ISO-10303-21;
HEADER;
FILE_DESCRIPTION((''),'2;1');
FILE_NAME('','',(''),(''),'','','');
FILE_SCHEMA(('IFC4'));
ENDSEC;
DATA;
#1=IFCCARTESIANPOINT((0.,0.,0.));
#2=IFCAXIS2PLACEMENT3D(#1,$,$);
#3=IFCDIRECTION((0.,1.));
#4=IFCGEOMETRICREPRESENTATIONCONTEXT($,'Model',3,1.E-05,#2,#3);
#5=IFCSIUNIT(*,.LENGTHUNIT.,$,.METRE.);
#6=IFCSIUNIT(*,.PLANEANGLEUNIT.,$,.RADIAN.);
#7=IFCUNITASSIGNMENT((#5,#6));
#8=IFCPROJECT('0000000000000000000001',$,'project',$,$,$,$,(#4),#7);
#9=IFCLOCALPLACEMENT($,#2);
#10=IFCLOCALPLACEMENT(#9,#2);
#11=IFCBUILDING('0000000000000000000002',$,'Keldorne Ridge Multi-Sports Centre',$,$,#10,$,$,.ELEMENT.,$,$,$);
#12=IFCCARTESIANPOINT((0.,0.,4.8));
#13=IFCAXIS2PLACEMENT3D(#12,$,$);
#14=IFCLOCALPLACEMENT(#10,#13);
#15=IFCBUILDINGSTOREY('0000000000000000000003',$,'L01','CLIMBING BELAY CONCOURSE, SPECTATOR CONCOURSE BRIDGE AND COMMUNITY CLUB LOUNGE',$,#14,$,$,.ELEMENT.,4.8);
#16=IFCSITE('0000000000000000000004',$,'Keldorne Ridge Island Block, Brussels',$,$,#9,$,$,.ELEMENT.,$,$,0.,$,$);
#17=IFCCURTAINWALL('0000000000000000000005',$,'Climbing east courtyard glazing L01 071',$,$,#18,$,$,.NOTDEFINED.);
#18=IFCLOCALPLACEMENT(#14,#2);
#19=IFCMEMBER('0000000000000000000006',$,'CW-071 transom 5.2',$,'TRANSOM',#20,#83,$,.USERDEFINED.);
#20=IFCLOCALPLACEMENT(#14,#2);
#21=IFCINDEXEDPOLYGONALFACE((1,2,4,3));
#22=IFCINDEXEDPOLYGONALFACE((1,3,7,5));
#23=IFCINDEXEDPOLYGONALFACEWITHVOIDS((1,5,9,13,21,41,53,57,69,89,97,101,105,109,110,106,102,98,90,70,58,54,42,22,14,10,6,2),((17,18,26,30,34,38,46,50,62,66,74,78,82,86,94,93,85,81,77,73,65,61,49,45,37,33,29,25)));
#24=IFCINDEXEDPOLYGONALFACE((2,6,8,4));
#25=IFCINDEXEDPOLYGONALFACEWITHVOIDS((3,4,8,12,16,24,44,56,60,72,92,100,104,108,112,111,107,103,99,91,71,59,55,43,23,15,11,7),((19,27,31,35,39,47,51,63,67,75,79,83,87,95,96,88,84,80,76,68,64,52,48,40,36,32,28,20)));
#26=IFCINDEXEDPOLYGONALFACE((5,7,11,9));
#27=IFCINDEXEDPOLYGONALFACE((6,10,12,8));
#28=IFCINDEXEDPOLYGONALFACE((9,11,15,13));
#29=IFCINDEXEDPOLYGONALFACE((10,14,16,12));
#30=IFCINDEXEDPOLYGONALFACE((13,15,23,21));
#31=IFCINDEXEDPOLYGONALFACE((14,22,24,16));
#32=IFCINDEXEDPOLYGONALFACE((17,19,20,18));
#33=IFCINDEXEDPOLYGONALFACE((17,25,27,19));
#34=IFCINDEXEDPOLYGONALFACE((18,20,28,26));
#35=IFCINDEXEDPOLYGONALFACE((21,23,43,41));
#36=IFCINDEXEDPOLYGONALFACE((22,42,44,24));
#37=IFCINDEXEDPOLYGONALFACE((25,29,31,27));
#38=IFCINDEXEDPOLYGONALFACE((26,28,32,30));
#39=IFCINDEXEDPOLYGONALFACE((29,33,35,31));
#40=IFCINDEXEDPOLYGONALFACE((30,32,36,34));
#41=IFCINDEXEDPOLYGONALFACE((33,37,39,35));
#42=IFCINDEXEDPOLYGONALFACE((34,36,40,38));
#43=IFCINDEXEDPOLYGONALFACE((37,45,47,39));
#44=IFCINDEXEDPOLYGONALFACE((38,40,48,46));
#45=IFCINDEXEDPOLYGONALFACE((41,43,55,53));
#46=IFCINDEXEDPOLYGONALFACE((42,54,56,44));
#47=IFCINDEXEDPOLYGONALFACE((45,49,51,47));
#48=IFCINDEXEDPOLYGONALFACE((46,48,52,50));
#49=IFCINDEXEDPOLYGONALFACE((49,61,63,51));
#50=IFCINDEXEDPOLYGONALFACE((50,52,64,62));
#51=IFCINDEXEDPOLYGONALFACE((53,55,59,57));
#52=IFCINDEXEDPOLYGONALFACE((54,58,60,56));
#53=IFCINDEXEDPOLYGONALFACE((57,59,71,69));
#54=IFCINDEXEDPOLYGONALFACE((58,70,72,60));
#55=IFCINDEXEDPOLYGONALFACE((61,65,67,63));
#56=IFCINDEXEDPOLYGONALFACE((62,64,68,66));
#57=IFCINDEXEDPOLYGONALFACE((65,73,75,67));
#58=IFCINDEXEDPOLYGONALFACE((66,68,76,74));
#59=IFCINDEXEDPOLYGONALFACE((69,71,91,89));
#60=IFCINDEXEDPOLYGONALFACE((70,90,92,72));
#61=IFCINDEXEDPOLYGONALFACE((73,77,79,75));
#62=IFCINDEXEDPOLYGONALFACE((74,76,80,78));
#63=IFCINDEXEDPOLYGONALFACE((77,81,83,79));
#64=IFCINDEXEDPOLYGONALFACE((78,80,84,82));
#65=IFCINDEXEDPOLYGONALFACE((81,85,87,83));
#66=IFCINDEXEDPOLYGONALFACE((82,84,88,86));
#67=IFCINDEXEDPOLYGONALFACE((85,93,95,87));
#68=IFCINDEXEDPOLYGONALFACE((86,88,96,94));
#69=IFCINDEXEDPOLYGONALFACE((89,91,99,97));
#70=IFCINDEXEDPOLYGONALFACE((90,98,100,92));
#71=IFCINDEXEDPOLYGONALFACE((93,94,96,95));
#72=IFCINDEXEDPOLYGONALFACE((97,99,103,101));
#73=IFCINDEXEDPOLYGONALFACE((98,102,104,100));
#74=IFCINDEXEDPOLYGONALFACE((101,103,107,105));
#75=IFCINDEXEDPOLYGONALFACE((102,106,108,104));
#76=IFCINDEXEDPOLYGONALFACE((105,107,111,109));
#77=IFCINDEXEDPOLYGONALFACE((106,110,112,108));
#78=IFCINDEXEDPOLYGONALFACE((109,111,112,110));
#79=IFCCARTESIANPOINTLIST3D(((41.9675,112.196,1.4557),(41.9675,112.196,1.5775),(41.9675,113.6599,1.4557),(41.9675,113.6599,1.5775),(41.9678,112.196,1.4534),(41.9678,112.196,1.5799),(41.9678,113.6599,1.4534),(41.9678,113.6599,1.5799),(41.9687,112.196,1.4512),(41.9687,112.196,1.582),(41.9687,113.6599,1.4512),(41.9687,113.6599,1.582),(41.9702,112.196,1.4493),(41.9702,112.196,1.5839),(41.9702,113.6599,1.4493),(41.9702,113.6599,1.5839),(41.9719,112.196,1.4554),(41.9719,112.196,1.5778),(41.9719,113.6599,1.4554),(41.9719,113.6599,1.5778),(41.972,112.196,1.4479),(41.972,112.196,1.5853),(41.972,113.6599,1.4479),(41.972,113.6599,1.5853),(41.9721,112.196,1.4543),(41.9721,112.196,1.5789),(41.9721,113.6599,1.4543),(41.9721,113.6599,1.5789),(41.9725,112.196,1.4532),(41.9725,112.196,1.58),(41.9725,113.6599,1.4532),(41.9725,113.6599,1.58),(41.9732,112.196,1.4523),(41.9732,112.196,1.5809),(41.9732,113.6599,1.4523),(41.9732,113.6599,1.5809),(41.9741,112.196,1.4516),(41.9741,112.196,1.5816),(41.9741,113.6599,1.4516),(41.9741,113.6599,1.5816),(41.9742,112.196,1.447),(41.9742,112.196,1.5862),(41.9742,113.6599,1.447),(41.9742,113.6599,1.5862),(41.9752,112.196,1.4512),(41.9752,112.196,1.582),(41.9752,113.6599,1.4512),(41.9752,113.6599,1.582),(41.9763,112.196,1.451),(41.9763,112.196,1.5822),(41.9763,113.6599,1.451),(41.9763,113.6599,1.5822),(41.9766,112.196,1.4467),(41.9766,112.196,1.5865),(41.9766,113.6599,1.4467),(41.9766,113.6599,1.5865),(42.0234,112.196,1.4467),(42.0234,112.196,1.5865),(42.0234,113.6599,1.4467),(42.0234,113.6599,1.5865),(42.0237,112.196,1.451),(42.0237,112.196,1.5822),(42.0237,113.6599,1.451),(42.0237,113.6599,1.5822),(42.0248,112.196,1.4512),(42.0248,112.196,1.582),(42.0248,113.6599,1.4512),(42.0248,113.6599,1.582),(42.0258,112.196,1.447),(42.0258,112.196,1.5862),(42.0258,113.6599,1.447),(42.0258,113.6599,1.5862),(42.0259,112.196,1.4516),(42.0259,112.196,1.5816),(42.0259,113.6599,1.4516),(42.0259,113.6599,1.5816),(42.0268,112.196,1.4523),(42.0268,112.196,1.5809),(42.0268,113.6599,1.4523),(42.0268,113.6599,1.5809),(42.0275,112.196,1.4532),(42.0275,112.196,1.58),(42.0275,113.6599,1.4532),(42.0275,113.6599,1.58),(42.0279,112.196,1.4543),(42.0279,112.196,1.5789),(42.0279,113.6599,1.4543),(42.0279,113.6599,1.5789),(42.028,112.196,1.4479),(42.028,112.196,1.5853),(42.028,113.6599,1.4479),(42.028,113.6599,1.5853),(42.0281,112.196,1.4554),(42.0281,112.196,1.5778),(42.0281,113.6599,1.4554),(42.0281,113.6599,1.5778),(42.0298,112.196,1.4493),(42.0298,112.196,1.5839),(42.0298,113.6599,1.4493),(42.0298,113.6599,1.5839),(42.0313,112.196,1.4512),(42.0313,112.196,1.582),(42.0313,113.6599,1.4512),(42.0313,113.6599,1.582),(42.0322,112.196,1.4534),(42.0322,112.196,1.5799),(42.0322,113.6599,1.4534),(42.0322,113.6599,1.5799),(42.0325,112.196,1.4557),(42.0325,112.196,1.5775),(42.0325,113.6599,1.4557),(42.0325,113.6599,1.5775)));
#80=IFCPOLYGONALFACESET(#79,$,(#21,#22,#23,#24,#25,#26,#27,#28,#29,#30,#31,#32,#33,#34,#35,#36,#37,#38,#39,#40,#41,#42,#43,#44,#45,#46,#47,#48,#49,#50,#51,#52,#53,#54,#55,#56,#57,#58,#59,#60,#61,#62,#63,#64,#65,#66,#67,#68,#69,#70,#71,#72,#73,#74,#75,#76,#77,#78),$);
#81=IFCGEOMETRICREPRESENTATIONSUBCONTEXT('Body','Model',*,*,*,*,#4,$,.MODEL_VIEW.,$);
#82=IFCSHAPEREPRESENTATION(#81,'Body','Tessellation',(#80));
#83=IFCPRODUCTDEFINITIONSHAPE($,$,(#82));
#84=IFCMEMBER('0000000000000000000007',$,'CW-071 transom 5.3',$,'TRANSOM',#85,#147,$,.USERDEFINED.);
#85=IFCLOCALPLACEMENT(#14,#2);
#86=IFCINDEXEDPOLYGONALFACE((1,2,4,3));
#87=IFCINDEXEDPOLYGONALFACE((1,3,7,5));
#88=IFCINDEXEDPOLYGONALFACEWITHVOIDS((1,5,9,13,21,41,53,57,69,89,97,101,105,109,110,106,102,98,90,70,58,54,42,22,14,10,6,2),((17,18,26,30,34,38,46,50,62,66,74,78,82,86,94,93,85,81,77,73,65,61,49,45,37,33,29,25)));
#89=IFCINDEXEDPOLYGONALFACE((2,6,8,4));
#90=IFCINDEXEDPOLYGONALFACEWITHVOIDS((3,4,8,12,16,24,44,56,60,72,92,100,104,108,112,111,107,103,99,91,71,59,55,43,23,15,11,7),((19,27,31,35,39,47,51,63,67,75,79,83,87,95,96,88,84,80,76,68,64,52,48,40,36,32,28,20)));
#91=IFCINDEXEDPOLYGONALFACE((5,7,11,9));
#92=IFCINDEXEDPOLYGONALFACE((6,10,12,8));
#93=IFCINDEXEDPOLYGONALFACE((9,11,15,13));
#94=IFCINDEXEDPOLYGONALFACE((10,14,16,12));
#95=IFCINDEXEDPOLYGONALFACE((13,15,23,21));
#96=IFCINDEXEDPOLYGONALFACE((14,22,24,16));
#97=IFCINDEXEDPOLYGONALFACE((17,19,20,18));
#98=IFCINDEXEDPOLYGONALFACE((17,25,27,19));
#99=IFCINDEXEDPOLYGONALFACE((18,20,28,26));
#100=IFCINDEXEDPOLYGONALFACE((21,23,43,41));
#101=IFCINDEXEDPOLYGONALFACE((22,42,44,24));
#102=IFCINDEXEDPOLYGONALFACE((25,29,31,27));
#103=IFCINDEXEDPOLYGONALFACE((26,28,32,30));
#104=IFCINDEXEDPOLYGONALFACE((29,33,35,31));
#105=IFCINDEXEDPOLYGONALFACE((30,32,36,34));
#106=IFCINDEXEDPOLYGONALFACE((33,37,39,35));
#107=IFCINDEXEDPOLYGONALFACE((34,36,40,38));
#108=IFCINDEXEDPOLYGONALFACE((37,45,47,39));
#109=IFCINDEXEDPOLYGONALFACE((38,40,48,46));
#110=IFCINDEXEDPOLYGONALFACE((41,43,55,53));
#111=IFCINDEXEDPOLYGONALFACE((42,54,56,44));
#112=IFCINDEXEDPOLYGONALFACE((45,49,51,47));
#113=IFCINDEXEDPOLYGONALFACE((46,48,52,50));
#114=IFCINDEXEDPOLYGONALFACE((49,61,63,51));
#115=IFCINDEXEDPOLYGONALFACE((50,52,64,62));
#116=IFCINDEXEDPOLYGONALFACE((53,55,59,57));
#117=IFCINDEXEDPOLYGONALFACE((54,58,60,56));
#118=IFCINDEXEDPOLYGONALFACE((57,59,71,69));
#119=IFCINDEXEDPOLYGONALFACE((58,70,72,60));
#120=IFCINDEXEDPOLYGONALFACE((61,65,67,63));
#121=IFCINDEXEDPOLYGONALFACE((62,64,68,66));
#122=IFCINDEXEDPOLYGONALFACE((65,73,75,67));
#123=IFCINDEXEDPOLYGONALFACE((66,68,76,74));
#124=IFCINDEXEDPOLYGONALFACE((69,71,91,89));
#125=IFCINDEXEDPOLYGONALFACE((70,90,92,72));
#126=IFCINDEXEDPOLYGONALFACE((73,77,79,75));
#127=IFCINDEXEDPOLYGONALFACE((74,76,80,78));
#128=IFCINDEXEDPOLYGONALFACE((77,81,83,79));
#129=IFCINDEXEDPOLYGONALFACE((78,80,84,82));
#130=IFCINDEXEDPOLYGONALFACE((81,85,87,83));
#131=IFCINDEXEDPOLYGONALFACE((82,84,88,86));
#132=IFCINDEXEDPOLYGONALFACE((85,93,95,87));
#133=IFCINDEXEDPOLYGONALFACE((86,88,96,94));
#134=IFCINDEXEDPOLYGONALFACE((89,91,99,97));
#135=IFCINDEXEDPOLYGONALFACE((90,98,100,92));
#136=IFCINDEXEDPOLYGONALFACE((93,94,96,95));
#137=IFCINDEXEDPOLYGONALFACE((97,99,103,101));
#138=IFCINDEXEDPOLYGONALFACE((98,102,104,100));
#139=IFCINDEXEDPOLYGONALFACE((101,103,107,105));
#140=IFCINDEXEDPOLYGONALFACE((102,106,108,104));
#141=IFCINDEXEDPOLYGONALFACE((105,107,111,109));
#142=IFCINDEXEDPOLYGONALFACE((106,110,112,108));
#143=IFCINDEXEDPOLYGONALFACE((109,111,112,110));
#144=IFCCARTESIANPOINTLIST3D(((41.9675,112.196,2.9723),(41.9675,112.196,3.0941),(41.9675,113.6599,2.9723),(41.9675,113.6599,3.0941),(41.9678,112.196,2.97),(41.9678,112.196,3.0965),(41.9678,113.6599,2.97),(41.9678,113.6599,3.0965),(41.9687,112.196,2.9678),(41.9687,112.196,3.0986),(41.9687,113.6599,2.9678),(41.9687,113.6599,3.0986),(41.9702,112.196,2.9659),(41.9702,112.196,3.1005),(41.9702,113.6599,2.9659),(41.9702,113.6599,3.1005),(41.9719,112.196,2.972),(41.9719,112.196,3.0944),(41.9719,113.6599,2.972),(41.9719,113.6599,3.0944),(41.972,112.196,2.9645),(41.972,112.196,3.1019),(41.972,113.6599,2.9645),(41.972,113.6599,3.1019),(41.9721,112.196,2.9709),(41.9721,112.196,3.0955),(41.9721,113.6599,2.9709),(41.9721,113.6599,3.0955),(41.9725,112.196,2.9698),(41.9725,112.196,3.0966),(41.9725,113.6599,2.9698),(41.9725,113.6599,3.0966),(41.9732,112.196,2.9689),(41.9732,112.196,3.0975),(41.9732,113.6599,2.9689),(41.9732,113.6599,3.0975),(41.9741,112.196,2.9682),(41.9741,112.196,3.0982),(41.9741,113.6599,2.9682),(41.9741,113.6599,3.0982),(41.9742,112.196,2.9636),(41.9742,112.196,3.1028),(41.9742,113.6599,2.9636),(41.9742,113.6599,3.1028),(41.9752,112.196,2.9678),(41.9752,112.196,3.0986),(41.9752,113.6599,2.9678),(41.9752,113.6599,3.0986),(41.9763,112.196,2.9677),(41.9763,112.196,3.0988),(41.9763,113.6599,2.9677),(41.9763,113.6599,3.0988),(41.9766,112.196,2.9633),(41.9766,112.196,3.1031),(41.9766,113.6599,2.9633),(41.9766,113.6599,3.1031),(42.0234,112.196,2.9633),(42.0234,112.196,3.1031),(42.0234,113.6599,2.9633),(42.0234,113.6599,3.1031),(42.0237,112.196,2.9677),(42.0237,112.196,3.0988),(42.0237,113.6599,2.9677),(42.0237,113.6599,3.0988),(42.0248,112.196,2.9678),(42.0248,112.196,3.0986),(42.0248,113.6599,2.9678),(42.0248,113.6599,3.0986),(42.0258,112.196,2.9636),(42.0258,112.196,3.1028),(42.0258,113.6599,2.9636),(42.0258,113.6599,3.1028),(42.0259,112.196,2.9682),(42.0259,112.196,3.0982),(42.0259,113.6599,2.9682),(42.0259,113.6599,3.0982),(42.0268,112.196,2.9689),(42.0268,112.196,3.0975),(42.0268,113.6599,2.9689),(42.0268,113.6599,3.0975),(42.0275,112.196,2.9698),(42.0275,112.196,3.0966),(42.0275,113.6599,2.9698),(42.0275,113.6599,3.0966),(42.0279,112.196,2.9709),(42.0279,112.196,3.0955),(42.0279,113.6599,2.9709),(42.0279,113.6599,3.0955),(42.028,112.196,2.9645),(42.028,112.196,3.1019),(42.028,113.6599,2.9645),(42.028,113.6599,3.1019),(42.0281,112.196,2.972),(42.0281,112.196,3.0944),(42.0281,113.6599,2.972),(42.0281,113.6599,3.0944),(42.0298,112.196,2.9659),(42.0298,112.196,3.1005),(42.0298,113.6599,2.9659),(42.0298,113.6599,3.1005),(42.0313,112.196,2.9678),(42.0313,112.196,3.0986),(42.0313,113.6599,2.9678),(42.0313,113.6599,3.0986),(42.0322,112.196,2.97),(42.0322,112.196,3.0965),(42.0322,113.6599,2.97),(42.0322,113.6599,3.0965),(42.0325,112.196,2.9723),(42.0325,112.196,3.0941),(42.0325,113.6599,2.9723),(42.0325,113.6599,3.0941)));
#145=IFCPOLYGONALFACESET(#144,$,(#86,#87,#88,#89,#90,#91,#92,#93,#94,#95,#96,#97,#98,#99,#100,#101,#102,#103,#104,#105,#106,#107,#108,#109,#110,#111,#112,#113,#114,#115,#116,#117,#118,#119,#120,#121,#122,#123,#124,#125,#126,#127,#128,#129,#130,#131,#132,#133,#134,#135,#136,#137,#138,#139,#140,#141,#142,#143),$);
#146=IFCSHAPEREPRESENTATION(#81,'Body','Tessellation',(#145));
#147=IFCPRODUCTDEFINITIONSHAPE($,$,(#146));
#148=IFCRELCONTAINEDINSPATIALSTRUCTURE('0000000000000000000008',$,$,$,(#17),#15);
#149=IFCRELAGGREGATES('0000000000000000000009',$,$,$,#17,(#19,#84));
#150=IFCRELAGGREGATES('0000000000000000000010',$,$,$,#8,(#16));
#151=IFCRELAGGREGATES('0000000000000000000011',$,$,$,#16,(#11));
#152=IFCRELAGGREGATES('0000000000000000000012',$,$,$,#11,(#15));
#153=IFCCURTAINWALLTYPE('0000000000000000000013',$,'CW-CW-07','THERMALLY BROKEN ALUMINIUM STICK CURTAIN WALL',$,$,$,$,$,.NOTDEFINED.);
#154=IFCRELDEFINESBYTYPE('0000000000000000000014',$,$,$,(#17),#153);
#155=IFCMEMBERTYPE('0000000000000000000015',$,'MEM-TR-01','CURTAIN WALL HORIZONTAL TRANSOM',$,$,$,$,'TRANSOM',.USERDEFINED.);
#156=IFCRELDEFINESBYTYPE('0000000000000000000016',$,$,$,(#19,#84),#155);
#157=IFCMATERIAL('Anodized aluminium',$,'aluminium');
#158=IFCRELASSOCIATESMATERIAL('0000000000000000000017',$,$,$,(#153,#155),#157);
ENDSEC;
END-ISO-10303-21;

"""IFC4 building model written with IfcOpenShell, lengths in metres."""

from ifc_helpers import new_model, si_unit, direction, frame, origin, origin_2d, place, context, subcontext, project, spatial, hollow_rectangle, extrude, material, material_profile, profile_set, type_object, element, aggregate, save


model = new_model("IFC4")

# Units and contexts
model_context = context("Model", 3, precision=1e-05, world=origin(), true_north=direction((0.0, 1.0)))
body_context = subcontext(model_context, "Body", "Model", "MODEL_VIEW")
ifc_project = project(units=[si_unit("LENGTHUNIT", "METRE"), si_unit("PLANEANGLEUNIT", "RADIAN")], contexts=[model_context])

# Site, building, storey
site_placement = place(None, origin())
site = spatial("IfcSite", under=ifc_project, at=site_placement, Name="Keldorne Ridge Island Block, Brussels", CompositionType="ELEMENT", RefElevation=0.0)
building_placement = place(site_placement, origin())
building = spatial("IfcBuilding", under=site, at=building_placement, Name="Keldorne Ridge Multi-Sports Centre", CompositionType="ELEMENT")
storey_placement = place(building_placement, frame((0.0, 0.0, 4.8)))
storey = spatial("IfcBuildingStorey", under=building, at=storey_placement, Name="L01", Description="CLIMBING BELAY CONCOURSE, SPECTATOR CONCOURSE BRIDGE AND COMMUNITY CLUB LOUNGE", CompositionType="ELEMENT", Elevation=4.8)

# Curtain wall
ifc_material_1 = material(Name="Anodized aluminium", Category="aluminium")
curtain_wall_type_1 = type_object("IfcCurtainWallType", Name="CW-CW-07", Description="THERMALLY BROKEN ALUMINIUM STICK CURTAIN WALL", PredefinedType="NOTDEFINED", material=ifc_material_1)
curtain_wall_1_placement = place(storey_placement, origin())
curtain_wall_1 = element("IfcCurtainWall", 1, at=curtain_wall_1_placement, inside=storey, type_object=curtain_wall_type_1, Name="Climbing east courtyard glazing L01 071", PredefinedType="NOTDEFINED")

# Members
ifc_material_profile_1 = material_profile(ifc_material_1, hollow_rectangle(XDim=0.0649, YDim=0.1399, WallThickness=0.0044, InnerFilletRadius=0.0044, OuterFilletRadius=0.009, at=origin_2d()), Name="ALU TRANSOM 140x65x4.5")
ifc_profile_set_1 = profile_set([ifc_material_profile_1], Name="Anodized aluminium")
member_type_1 = type_object("IfcMemberType", Name="MEM-TR-01", Description="CURTAIN WALL HORIZONTAL TRANSOM", ElementType="TRANSOM", PredefinedType="USERDEFINED", material=ifc_profile_set_1)
member_1_placement = place(storey_placement, frame((42.0, 112.196, 1.5166), z_axis=(0.0, 1.0, 0.0), x_axis=(-1.0, 0.0, 0.0)))
member_1 = element("IfcMember", 2, at=member_1_placement, type_object=member_type_1, Name="CW-071 transom 5.2", ObjectType="TRANSOM", PredefinedType="USERDEFINED", context=body_context, shape_type="SweptSolid", body=[
    extrude(hollow_rectangle(XDim=0.0649, YDim=0.1399, WallThickness=0.0044, InnerFilletRadius=0.0044, OuterFilletRadius=0.009, at=origin_2d()), origin(), (0.0, 0.0, 1.0), 1.4639),
])
member_2_placement = place(storey_placement, frame((42.0, 112.196, 3.0332), z_axis=(0.0, 1.0, 0.0), x_axis=(-1.0, 0.0, 0.0)))
member_2 = element("IfcMember", 3, at=member_2_placement, type_object=member_type_1, Name="CW-071 transom 5.3", ObjectType="TRANSOM", PredefinedType="USERDEFINED", context=body_context, shape_type="SweptSolid", body=[
    extrude(hollow_rectangle(XDim=0.0649, YDim=0.1399, WallThickness=0.0044, InnerFilletRadius=0.0044, OuterFilletRadius=0.009, at=origin_2d()), origin(), (0.0, 0.0, 1.0), 1.4639),
])

aggregate(curtain_wall_1, [member_1, member_2])

save(model, "model.ifc")
